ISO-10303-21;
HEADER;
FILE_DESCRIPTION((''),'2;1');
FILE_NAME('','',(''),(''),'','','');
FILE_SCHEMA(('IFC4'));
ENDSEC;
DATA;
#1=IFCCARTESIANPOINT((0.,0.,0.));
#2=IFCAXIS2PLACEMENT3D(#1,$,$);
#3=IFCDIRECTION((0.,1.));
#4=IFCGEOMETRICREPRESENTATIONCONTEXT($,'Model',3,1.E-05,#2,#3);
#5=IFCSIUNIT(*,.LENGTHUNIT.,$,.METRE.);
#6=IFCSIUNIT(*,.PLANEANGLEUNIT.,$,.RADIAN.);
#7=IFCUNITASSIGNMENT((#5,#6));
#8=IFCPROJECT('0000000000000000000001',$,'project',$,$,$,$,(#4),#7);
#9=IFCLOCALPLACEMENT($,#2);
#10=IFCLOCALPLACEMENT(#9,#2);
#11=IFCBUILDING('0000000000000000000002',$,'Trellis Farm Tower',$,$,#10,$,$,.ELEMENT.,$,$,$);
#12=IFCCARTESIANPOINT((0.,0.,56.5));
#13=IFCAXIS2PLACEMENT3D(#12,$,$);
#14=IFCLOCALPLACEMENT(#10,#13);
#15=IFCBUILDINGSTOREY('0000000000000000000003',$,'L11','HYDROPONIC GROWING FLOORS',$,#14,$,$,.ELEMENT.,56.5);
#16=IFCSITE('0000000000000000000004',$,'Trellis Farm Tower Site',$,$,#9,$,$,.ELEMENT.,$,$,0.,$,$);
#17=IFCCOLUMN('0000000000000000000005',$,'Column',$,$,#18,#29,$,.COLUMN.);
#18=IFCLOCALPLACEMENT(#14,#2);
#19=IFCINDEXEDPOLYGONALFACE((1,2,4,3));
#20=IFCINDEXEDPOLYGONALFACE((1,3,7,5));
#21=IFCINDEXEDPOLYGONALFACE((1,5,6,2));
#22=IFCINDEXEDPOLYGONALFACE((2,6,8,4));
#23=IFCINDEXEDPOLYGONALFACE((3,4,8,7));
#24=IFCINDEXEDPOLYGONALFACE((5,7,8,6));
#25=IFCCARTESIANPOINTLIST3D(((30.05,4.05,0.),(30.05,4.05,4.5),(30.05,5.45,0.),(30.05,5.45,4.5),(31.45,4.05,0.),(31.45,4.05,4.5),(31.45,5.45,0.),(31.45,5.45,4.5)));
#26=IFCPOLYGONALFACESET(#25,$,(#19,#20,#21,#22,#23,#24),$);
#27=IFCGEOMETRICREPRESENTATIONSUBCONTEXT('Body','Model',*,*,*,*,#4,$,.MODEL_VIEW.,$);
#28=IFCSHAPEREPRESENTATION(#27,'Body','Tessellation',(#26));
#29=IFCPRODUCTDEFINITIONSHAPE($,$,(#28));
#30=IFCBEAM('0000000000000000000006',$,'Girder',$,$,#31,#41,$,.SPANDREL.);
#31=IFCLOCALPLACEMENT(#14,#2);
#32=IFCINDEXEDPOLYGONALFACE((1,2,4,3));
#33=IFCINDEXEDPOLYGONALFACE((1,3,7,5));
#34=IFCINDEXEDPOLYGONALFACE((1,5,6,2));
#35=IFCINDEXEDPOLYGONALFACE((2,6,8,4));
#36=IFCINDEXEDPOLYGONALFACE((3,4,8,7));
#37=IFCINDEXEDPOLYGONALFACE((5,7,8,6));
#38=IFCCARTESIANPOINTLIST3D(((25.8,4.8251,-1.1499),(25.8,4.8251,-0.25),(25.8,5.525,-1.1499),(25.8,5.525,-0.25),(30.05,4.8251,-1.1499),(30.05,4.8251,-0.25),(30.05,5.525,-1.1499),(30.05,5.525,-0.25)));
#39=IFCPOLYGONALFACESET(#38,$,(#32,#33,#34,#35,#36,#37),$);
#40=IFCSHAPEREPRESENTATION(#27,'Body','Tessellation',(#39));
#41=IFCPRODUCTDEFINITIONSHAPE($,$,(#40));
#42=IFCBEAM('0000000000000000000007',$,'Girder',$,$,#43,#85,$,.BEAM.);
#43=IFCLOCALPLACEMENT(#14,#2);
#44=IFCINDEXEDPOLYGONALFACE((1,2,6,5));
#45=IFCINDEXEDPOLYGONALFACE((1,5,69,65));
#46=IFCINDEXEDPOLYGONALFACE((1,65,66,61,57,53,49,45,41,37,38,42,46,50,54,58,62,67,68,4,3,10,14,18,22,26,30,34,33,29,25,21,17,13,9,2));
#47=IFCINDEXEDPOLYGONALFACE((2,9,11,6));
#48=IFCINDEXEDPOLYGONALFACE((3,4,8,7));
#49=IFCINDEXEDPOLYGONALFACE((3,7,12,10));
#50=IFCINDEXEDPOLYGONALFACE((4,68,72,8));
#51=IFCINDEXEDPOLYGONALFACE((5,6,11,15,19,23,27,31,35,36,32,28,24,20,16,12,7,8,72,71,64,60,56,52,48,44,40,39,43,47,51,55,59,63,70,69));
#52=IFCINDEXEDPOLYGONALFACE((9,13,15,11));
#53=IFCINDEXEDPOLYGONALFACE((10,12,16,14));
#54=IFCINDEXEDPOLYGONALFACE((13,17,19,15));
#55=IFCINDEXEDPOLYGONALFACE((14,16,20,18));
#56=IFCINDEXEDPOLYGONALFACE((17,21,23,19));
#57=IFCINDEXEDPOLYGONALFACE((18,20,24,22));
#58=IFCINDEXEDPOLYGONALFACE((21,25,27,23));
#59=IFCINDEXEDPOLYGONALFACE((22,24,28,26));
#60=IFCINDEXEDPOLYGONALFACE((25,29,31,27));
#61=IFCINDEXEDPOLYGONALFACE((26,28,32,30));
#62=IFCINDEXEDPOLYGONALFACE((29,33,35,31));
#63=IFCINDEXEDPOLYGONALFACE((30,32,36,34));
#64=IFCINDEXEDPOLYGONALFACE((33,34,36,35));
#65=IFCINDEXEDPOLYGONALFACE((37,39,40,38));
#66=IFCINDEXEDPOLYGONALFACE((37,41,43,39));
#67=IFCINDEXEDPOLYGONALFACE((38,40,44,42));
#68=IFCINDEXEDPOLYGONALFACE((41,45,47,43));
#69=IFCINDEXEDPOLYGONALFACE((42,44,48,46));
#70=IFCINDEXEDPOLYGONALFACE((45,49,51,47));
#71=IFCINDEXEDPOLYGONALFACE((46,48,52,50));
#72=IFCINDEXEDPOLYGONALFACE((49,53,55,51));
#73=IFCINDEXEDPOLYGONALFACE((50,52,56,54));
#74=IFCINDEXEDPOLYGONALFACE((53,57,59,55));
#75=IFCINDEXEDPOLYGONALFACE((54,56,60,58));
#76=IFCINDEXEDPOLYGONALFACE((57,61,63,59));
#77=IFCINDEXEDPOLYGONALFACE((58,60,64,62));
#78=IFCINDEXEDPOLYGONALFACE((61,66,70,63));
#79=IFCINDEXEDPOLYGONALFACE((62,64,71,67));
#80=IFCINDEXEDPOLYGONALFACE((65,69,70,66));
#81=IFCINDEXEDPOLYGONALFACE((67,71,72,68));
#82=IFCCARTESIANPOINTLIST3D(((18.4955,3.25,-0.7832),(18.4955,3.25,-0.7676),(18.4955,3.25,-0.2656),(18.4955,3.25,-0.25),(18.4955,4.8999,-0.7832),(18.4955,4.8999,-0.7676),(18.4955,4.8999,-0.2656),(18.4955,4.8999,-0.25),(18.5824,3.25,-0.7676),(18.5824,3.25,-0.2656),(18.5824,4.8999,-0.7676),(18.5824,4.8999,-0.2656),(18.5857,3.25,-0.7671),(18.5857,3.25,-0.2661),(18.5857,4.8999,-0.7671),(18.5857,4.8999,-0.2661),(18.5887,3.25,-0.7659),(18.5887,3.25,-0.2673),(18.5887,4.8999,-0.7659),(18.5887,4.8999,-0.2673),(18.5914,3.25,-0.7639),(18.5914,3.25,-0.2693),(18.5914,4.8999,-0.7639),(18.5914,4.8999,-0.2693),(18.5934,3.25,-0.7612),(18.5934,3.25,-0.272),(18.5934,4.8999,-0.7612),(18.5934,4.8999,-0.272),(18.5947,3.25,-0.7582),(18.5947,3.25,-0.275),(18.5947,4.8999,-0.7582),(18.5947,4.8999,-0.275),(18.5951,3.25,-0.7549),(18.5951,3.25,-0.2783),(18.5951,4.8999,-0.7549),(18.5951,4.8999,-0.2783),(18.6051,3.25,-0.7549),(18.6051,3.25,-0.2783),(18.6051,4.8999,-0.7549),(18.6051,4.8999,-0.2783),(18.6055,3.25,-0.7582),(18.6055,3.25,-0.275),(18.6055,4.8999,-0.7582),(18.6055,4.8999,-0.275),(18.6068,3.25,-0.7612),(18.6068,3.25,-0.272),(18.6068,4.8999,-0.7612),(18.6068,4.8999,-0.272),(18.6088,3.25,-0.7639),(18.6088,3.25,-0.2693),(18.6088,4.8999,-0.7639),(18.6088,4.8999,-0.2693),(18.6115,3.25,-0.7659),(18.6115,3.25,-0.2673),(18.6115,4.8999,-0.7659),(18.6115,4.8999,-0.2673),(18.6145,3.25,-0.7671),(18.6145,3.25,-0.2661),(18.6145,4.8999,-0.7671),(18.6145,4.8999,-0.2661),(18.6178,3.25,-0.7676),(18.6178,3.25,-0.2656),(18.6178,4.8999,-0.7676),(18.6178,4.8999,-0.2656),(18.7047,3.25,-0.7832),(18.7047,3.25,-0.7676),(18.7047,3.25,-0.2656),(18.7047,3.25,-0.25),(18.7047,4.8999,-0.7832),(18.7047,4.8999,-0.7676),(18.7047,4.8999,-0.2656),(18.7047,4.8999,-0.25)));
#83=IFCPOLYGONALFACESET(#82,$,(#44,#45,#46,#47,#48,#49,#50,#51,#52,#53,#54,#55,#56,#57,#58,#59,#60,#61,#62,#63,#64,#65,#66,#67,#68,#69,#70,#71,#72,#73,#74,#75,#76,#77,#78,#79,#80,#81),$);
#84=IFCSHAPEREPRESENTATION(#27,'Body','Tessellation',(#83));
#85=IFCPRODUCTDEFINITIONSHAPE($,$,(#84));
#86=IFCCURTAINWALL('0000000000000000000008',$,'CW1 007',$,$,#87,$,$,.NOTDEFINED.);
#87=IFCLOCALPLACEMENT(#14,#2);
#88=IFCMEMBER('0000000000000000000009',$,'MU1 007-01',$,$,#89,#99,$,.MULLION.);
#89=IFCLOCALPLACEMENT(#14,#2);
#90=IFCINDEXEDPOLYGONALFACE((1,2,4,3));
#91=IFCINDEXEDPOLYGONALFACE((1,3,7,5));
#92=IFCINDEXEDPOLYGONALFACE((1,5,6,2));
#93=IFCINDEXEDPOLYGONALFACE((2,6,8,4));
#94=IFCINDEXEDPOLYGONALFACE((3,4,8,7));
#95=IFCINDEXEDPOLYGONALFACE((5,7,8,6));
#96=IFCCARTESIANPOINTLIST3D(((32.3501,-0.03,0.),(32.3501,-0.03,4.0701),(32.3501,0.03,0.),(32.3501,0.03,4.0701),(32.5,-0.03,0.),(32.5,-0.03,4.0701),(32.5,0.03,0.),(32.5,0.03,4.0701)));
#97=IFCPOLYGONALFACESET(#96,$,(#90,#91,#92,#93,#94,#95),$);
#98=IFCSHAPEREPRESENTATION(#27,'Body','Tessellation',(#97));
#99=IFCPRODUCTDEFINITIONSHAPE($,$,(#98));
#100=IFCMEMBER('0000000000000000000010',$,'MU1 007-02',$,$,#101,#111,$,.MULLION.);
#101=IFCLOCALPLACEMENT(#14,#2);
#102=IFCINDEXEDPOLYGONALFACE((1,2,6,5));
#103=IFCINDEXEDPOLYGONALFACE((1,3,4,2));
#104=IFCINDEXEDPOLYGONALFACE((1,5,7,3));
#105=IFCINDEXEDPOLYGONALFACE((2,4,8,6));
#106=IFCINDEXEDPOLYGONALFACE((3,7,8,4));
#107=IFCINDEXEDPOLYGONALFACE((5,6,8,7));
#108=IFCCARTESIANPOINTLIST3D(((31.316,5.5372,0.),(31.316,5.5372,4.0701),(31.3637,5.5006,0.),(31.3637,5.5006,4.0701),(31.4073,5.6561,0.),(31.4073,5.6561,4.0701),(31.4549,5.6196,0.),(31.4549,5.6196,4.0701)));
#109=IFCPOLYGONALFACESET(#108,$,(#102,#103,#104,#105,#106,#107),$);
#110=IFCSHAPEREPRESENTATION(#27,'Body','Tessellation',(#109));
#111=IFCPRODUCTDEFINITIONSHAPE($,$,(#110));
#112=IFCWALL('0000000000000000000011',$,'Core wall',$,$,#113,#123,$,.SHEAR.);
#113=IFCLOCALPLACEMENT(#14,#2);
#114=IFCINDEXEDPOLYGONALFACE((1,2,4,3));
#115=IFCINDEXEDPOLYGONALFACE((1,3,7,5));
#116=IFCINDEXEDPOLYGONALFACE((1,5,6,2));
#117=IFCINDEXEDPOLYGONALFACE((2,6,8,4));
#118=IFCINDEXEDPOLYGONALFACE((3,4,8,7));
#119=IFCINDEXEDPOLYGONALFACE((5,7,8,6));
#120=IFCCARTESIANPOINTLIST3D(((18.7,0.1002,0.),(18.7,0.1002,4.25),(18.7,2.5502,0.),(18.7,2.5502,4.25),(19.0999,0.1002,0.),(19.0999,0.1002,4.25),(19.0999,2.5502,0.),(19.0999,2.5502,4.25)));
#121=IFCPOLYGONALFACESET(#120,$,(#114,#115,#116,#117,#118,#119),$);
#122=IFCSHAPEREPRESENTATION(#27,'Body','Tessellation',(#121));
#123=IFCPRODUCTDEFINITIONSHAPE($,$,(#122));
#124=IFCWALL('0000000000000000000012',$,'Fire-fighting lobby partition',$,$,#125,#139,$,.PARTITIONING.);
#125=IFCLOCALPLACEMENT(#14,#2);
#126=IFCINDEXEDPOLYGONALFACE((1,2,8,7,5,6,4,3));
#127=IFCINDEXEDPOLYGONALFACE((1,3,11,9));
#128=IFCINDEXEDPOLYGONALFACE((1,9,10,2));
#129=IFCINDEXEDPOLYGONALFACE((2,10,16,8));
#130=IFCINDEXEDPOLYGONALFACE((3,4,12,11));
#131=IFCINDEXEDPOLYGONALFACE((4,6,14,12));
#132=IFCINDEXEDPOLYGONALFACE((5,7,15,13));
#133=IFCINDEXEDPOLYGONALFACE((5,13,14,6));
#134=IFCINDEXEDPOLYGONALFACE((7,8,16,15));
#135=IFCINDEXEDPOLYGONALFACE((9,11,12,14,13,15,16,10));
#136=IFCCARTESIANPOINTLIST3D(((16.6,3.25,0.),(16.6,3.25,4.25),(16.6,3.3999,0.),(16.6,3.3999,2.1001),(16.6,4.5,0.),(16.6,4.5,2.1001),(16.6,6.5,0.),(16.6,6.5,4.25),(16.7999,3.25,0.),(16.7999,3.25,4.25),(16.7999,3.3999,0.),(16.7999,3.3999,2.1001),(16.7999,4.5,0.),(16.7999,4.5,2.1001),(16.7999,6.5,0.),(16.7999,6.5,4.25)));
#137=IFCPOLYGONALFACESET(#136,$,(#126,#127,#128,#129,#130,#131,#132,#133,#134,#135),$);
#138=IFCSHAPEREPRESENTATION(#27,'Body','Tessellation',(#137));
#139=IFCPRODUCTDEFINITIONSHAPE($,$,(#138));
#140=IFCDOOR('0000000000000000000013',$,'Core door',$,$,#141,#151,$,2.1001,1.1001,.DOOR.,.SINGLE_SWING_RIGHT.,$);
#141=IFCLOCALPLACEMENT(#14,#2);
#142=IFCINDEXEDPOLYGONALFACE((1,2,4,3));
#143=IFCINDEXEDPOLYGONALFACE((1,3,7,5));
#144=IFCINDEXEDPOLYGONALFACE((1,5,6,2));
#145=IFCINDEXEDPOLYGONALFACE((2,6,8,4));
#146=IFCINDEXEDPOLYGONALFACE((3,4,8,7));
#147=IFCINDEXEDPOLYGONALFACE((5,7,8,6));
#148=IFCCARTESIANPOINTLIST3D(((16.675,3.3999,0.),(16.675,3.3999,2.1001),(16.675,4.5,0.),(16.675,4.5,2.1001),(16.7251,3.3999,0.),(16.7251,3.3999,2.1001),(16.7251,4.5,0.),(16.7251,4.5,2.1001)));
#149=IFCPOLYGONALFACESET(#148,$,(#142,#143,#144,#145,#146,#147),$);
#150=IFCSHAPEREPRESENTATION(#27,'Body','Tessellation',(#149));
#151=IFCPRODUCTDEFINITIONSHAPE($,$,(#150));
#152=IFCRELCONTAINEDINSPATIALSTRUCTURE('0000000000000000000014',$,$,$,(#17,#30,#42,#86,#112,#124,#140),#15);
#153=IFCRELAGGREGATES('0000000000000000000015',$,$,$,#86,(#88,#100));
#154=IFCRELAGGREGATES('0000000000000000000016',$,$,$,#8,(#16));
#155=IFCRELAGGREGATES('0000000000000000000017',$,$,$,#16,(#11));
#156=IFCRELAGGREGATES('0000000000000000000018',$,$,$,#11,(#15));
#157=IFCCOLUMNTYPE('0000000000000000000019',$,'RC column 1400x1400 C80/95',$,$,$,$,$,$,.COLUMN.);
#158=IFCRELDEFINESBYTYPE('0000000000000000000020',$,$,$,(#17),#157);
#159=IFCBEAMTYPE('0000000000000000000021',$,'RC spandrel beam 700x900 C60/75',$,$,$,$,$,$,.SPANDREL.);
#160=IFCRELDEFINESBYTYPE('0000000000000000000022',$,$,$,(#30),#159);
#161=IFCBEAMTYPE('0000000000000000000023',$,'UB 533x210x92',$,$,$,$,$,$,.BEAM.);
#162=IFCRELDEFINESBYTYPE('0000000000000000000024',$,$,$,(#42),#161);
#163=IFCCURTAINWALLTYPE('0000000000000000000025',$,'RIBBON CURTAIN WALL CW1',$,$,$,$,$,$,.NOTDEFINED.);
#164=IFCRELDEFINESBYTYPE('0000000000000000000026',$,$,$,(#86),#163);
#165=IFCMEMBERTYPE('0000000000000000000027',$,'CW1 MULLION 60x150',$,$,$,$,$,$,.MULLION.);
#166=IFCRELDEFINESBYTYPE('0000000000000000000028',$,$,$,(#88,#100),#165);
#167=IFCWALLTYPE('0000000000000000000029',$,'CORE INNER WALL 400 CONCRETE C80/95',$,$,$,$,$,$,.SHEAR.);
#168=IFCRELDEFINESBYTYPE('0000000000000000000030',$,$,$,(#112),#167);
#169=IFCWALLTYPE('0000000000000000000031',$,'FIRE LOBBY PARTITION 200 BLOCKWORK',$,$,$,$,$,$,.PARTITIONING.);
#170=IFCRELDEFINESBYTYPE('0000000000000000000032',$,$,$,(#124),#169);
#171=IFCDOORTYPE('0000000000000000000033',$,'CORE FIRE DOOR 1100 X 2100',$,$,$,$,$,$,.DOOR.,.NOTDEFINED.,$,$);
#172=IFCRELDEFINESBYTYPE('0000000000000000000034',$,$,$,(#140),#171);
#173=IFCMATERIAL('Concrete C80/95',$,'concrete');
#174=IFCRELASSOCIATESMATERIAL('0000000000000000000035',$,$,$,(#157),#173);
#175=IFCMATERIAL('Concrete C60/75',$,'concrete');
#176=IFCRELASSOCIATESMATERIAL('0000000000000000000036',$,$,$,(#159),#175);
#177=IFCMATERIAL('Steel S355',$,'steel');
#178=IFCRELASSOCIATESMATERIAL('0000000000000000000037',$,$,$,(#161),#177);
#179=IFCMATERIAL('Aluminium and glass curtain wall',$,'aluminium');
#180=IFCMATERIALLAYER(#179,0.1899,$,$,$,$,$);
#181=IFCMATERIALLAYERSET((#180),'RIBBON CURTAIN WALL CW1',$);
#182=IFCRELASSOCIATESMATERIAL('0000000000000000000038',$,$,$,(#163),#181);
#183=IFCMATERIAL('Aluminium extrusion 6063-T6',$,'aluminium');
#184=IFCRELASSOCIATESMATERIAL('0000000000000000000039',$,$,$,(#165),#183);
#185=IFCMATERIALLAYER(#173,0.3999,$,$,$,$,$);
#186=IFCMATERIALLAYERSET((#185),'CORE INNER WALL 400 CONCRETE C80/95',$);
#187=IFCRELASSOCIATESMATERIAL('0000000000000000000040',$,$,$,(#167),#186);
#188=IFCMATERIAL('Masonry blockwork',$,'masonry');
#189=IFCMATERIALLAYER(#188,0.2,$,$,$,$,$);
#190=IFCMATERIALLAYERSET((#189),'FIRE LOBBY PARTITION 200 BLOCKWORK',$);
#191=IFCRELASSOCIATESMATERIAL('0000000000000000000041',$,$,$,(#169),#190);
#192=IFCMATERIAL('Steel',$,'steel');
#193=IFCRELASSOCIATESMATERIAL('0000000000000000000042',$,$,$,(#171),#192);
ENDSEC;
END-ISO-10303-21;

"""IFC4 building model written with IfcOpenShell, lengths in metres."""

from ifc_helpers import new_model, si_unit, direction, frame, frame_2d, origin, origin_2d, place, context, subcontext, project, spatial, rectangle, i_section, extrude, source, transform, mapped, material, layer, layer_set, material_profile, profile_set, type_object, element, fill, aggregate, save


model = new_model("IFC4")

# Units and contexts
model_context = context("Model", 3, precision=1e-05, world=origin(), true_north=direction((0.0, 1.0)))
body_context = subcontext(model_context, "Body", "Model", "MODEL_VIEW")
ifc_project = project(units=[si_unit("LENGTHUNIT", "METRE"), si_unit("PLANEANGLEUNIT", "RADIAN")], contexts=[model_context])

# Site, building, storey
site_placement = place(None, origin())
site = spatial("IfcSite", under=ifc_project, at=site_placement, Name="Trellis Farm Tower Site", CompositionType="ELEMENT", RefElevation=0.0)
building_placement = place(site_placement, origin())
building = spatial("IfcBuilding", under=site, at=building_placement, Name="Trellis Farm Tower", CompositionType="ELEMENT")
storey_placement = place(building_placement, frame((0.0, 0.0, 56.5)))
storey = spatial("IfcBuildingStorey", under=building, at=storey_placement, Name="L11", Description="HYDROPONIC GROWING FLOORS", CompositionType="ELEMENT", Elevation=56.5)

# Column
ifc_material_1 = material(Name="Concrete C80/95", Category="concrete")
ifc_material_profile_1 = material_profile(ifc_material_1, rectangle(XDim=1.3999, YDim=1.3999, at=origin_2d()), Name="RC column 1400x1400 C80/95")
ifc_profile_set_1 = profile_set([ifc_material_profile_1], Name="Concrete C80/95")
column_type = type_object("IfcColumnType", Name="RC column 1400x1400 C80/95", PredefinedType="COLUMN", material=ifc_profile_set_1)
shared_shape_1 = source(origin(), body_context, "Body", "SweptSolid", [
    extrude(rectangle(XDim=1.3999, YDim=1.3999, at=origin_2d()), origin(), (0.0, 0.0, 1.0), 4.5),
])
column_placement = place(storey_placement, frame((30.75, 4.75, 0.0), z_axis=(0.0, 0.0, 1.0), x_axis=(1.0, 0.0, 0.0)))
element("IfcColumn", 1, at=column_placement, inside=storey, type_object=column_type, Name="Column", PredefinedType="COLUMN", context=body_context, shape_type="MappedRepresentation", body=[
    mapped(shared_shape_1, transform((0.0, 0.0, 0.0))),
])

# Beams
ifc_material_2 = material(Name="Concrete C60/75", Category="concrete")
ifc_material_profile_2 = material_profile(ifc_material_2, rectangle(XDim=0.7, YDim=0.8999, at=origin_2d()), Name="RC spandrel beam 700x900 C60/75")
ifc_profile_set_2 = profile_set([ifc_material_profile_2], Name="Concrete C60/75")
beam_type_1 = type_object("IfcBeamType", Name="RC spandrel beam 700x900 C60/75", PredefinedType="SPANDREL", material=ifc_profile_set_2)
shared_shape_2 = source(origin(), body_context, "Body", "SweptSolid", [
    extrude(rectangle(XDim=0.7, YDim=0.8999, at=origin_2d()), origin(), (0.0, 0.0, 1.0), 4.25),
])
beam_1_placement = place(storey_placement, frame((25.8, 5.175, -0.7), z_axis=(1.0, 0.0, 0.0), x_axis=(0.0, 1.0, 0.0)))
element("IfcBeam", 2, at=beam_1_placement, inside=storey, type_object=beam_type_1, Name="Girder", PredefinedType="SPANDREL", context=body_context, shape_type="MappedRepresentation", body=[
    mapped(shared_shape_2, transform((0.0, 0.0, 0.0))),
])
ifc_material_3 = material(Name="Steel S355", Category="steel")
ifc_material_profile_3 = material_profile(ifc_material_3, i_section(OverallWidth=0.2092, OverallDepth=0.5332, WebThickness=0.01, FlangeThickness=0.0156, FilletRadius=0.0127, at=origin_2d()), Name="UB 533x210x92")
ifc_profile_set_3 = profile_set([ifc_material_profile_3], Name="Steel S355")
beam_type_2 = type_object("IfcBeamType", Name="UB 533x210x92", PredefinedType="BEAM", material=ifc_profile_set_3)
shared_shape_3 = source(origin(), body_context, "Body", "SweptSolid", [
    extrude(i_section(OverallWidth=0.2092, OverallDepth=0.5332, WebThickness=0.01, FlangeThickness=0.0156, FilletRadius=0.0127, at=origin_2d()), origin(), (0.0, 0.0, 1.0), 1.6499),
])
beam_2_placement = place(storey_placement, frame((18.6001, 3.25, -0.5166), z_axis=(0.0, 1.0, 0.0), x_axis=(-1.0, 0.0, 0.0)))
element("IfcBeam", 3, at=beam_2_placement, inside=storey, type_object=beam_type_2, Name="Girder", PredefinedType="BEAM", context=body_context, shape_type="MappedRepresentation", body=[
    mapped(shared_shape_3, transform((0.0, 0.0, 0.0))),
])

# Curtain wall, members
ifc_material_4 = material(Name="Aluminium and glass curtain wall", Category="aluminium")
ifc_layer_1 = layer(ifc_material_4, 0.1899)
ifc_layer_set_1 = layer_set([ifc_layer_1], Name="RIBBON CURTAIN WALL CW1")
curtain_wall_type = type_object("IfcCurtainWallType", Name="RIBBON CURTAIN WALL CW1", PredefinedType="NOTDEFINED", material=ifc_layer_set_1)
curtain_wall_placement = place(storey_placement, origin())
curtain_wall = element("IfcCurtainWall", 4, at=curtain_wall_placement, inside=storey, type_object=curtain_wall_type, Name="CW1 007", PredefinedType="NOTDEFINED")
ifc_material_5 = material(Name="Aluminium extrusion 6063-T6", Category="aluminium")
ifc_material_profile_4 = material_profile(ifc_material_5, rectangle(XDim=0.0601, YDim=0.1499, at=origin_2d()), Name="MULLION 60x150")
ifc_profile_set_4 = profile_set([ifc_material_profile_4], Name="Aluminium extrusion 6063-T6")
member_type = type_object("IfcMemberType", Name="CW1 MULLION 60x150", PredefinedType="MULLION", material=ifc_profile_set_4)
shared_shape_4 = source(origin(), body_context, "Body", "SweptSolid", [
    extrude(rectangle(XDim=0.0601, YDim=0.1499, at=origin_2d()), origin(), (0.0, 0.0, 1.0), 4.0701),
])
member_1_placement = place(storey_placement, frame((32.425, 0.0, 0.0), z_axis=(0.0, 0.0, 1.0), x_axis=(0.0, 1.0, 0.0)))
member_1 = element("IfcMember", 5, at=member_1_placement, type_object=member_type, Name="MU1 007-01", PredefinedType="MULLION", context=body_context, shape_type="MappedRepresentation", body=[
    mapped(shared_shape_4, transform((0.0, 0.0, 0.0))),
])
member_2_placement = place(storey_placement, frame((31.3855, 5.5784, 0.0), z_axis=(0.0, 0.0, 1.0), x_axis=(-0.793353, 0.608761, 0.0)))
member_2 = element("IfcMember", 6, at=member_2_placement, type_object=member_type, Name="MU1 007-02", PredefinedType="MULLION", context=body_context, shape_type="MappedRepresentation", body=[
    mapped(shared_shape_4, transform((0.0, 0.0, 0.0))),
])
aggregate(curtain_wall, [member_1, member_2])

# Wall
ifc_layer_2 = layer(ifc_material_1, 0.3999)
ifc_layer_set_2 = layer_set([ifc_layer_2], Name="CORE INNER WALL 400 CONCRETE C80/95")
wall_type_1 = type_object("IfcWallType", Name="CORE INNER WALL 400 CONCRETE C80/95", PredefinedType="SHEAR", material=ifc_layer_set_2)
shared_shape_5 = source(origin(), body_context, "Body", "SweptSolid", [
    extrude(rectangle(XDim=2.45, YDim=0.3999, at=frame_2d((1.2251, 0.0))), origin(), (0.0, 0.0, 1.0), 4.25),
])
wall_1_placement = place(storey_placement, frame((18.8999, 0.1001, 0.0), z_axis=(0.0, 0.0, 1.0), x_axis=(0.0, 1.0, 0.0)))
element("IfcWall", 7, at=wall_1_placement, inside=storey, type_object=wall_type_1, Name="Core wall", PredefinedType="SHEAR", context=body_context, shape_type="MappedRepresentation", body=[
    mapped(shared_shape_5, transform((0.0, 0.0, 0.0))),
])

# Wall, opening, door
ifc_material_6 = material(Name="Masonry blockwork", Category="masonry")
ifc_layer_3 = layer(ifc_material_6, 0.2)
ifc_layer_set_3 = layer_set([ifc_layer_3], Name="FIRE LOBBY PARTITION 200 BLOCKWORK")
wall_type_2 = type_object("IfcWallType", Name="FIRE LOBBY PARTITION 200 BLOCKWORK", PredefinedType="PARTITIONING", material=ifc_layer_set_3)
shared_shape_6 = source(origin(), body_context, "Body", "SweptSolid", [
    extrude(rectangle(XDim=3.25, YDim=0.2, at=frame_2d((1.625, 0.0))), origin(), (0.0, 0.0, 1.0), 4.25),
])
wall_2_placement = place(storey_placement, frame((16.7, 3.25, 0.0), z_axis=(0.0, 0.0, 1.0), x_axis=(0.0, 1.0, 0.0)))
wall_2 = element("IfcWall", 8, at=wall_2_placement, inside=storey, type_object=wall_type_2, Name="Fire-fighting lobby partition", PredefinedType="PARTITIONING", context=body_context, shape_type="MappedRepresentation", body=[
    mapped(shared_shape_6, transform((0.0, 0.0, 0.0))),
])
shared_shape_7 = source(origin(), body_context, "Body", "SweptSolid", [
    extrude(rectangle(XDim=1.1001, YDim=2.1001, at=frame_2d((0.55, 1.05))), frame((0.0, 0.1101, 0.0), z_axis=(0.0, -1.0, 0.0), x_axis=(1.0, 0.0, 0.0)), (0.0, 0.0, 1.0), 0.2202),
])
opening_1_placement = place(wall_2_placement, frame((0.1499, 0.0, 0.0)))
opening_1 = element("IfcOpeningElement", 9, at=opening_1_placement, cuts=wall_2, PredefinedType="OPENING", context=body_context, shape_type="MappedRepresentation", body=[
    mapped(shared_shape_7, transform((0.0, 0.0, 0.0))),
])
ifc_material_7 = material(Name="Steel", Category="steel")
door_type_1 = type_object("IfcDoorType", Name="CORE FIRE DOOR 1100 X 2100", OperationType="NOTDEFINED", PredefinedType="DOOR", material=ifc_material_7)
shared_shape_8 = source(origin(), body_context, "Body", "SweptSolid", [
    extrude(rectangle(XDim=1.1001, YDim=2.1001, at=frame_2d((0.55, 1.05))), frame((0.0, 0.0249, 0.0), z_axis=(0.0, -1.0, 0.0), x_axis=(1.0, 0.0, 0.0)), (0.0, 0.0, 1.0), 0.05),
])
door_1_placement = place(opening_1_placement, origin())
door_1 = element("IfcDoor", 10, at=door_1_placement, inside=storey, type_object=door_type_1, Name="Core door", OperationType="SINGLE_SWING_RIGHT", OverallHeight=2.1001, OverallWidth=1.1001, PredefinedType="DOOR", context=body_context, shape_type="MappedRepresentation", body=[
    mapped(shared_shape_8, transform((0.0, 0.0, 0.0))),
])
fill(opening_1, door_1)

save(model, "model.ifc")
